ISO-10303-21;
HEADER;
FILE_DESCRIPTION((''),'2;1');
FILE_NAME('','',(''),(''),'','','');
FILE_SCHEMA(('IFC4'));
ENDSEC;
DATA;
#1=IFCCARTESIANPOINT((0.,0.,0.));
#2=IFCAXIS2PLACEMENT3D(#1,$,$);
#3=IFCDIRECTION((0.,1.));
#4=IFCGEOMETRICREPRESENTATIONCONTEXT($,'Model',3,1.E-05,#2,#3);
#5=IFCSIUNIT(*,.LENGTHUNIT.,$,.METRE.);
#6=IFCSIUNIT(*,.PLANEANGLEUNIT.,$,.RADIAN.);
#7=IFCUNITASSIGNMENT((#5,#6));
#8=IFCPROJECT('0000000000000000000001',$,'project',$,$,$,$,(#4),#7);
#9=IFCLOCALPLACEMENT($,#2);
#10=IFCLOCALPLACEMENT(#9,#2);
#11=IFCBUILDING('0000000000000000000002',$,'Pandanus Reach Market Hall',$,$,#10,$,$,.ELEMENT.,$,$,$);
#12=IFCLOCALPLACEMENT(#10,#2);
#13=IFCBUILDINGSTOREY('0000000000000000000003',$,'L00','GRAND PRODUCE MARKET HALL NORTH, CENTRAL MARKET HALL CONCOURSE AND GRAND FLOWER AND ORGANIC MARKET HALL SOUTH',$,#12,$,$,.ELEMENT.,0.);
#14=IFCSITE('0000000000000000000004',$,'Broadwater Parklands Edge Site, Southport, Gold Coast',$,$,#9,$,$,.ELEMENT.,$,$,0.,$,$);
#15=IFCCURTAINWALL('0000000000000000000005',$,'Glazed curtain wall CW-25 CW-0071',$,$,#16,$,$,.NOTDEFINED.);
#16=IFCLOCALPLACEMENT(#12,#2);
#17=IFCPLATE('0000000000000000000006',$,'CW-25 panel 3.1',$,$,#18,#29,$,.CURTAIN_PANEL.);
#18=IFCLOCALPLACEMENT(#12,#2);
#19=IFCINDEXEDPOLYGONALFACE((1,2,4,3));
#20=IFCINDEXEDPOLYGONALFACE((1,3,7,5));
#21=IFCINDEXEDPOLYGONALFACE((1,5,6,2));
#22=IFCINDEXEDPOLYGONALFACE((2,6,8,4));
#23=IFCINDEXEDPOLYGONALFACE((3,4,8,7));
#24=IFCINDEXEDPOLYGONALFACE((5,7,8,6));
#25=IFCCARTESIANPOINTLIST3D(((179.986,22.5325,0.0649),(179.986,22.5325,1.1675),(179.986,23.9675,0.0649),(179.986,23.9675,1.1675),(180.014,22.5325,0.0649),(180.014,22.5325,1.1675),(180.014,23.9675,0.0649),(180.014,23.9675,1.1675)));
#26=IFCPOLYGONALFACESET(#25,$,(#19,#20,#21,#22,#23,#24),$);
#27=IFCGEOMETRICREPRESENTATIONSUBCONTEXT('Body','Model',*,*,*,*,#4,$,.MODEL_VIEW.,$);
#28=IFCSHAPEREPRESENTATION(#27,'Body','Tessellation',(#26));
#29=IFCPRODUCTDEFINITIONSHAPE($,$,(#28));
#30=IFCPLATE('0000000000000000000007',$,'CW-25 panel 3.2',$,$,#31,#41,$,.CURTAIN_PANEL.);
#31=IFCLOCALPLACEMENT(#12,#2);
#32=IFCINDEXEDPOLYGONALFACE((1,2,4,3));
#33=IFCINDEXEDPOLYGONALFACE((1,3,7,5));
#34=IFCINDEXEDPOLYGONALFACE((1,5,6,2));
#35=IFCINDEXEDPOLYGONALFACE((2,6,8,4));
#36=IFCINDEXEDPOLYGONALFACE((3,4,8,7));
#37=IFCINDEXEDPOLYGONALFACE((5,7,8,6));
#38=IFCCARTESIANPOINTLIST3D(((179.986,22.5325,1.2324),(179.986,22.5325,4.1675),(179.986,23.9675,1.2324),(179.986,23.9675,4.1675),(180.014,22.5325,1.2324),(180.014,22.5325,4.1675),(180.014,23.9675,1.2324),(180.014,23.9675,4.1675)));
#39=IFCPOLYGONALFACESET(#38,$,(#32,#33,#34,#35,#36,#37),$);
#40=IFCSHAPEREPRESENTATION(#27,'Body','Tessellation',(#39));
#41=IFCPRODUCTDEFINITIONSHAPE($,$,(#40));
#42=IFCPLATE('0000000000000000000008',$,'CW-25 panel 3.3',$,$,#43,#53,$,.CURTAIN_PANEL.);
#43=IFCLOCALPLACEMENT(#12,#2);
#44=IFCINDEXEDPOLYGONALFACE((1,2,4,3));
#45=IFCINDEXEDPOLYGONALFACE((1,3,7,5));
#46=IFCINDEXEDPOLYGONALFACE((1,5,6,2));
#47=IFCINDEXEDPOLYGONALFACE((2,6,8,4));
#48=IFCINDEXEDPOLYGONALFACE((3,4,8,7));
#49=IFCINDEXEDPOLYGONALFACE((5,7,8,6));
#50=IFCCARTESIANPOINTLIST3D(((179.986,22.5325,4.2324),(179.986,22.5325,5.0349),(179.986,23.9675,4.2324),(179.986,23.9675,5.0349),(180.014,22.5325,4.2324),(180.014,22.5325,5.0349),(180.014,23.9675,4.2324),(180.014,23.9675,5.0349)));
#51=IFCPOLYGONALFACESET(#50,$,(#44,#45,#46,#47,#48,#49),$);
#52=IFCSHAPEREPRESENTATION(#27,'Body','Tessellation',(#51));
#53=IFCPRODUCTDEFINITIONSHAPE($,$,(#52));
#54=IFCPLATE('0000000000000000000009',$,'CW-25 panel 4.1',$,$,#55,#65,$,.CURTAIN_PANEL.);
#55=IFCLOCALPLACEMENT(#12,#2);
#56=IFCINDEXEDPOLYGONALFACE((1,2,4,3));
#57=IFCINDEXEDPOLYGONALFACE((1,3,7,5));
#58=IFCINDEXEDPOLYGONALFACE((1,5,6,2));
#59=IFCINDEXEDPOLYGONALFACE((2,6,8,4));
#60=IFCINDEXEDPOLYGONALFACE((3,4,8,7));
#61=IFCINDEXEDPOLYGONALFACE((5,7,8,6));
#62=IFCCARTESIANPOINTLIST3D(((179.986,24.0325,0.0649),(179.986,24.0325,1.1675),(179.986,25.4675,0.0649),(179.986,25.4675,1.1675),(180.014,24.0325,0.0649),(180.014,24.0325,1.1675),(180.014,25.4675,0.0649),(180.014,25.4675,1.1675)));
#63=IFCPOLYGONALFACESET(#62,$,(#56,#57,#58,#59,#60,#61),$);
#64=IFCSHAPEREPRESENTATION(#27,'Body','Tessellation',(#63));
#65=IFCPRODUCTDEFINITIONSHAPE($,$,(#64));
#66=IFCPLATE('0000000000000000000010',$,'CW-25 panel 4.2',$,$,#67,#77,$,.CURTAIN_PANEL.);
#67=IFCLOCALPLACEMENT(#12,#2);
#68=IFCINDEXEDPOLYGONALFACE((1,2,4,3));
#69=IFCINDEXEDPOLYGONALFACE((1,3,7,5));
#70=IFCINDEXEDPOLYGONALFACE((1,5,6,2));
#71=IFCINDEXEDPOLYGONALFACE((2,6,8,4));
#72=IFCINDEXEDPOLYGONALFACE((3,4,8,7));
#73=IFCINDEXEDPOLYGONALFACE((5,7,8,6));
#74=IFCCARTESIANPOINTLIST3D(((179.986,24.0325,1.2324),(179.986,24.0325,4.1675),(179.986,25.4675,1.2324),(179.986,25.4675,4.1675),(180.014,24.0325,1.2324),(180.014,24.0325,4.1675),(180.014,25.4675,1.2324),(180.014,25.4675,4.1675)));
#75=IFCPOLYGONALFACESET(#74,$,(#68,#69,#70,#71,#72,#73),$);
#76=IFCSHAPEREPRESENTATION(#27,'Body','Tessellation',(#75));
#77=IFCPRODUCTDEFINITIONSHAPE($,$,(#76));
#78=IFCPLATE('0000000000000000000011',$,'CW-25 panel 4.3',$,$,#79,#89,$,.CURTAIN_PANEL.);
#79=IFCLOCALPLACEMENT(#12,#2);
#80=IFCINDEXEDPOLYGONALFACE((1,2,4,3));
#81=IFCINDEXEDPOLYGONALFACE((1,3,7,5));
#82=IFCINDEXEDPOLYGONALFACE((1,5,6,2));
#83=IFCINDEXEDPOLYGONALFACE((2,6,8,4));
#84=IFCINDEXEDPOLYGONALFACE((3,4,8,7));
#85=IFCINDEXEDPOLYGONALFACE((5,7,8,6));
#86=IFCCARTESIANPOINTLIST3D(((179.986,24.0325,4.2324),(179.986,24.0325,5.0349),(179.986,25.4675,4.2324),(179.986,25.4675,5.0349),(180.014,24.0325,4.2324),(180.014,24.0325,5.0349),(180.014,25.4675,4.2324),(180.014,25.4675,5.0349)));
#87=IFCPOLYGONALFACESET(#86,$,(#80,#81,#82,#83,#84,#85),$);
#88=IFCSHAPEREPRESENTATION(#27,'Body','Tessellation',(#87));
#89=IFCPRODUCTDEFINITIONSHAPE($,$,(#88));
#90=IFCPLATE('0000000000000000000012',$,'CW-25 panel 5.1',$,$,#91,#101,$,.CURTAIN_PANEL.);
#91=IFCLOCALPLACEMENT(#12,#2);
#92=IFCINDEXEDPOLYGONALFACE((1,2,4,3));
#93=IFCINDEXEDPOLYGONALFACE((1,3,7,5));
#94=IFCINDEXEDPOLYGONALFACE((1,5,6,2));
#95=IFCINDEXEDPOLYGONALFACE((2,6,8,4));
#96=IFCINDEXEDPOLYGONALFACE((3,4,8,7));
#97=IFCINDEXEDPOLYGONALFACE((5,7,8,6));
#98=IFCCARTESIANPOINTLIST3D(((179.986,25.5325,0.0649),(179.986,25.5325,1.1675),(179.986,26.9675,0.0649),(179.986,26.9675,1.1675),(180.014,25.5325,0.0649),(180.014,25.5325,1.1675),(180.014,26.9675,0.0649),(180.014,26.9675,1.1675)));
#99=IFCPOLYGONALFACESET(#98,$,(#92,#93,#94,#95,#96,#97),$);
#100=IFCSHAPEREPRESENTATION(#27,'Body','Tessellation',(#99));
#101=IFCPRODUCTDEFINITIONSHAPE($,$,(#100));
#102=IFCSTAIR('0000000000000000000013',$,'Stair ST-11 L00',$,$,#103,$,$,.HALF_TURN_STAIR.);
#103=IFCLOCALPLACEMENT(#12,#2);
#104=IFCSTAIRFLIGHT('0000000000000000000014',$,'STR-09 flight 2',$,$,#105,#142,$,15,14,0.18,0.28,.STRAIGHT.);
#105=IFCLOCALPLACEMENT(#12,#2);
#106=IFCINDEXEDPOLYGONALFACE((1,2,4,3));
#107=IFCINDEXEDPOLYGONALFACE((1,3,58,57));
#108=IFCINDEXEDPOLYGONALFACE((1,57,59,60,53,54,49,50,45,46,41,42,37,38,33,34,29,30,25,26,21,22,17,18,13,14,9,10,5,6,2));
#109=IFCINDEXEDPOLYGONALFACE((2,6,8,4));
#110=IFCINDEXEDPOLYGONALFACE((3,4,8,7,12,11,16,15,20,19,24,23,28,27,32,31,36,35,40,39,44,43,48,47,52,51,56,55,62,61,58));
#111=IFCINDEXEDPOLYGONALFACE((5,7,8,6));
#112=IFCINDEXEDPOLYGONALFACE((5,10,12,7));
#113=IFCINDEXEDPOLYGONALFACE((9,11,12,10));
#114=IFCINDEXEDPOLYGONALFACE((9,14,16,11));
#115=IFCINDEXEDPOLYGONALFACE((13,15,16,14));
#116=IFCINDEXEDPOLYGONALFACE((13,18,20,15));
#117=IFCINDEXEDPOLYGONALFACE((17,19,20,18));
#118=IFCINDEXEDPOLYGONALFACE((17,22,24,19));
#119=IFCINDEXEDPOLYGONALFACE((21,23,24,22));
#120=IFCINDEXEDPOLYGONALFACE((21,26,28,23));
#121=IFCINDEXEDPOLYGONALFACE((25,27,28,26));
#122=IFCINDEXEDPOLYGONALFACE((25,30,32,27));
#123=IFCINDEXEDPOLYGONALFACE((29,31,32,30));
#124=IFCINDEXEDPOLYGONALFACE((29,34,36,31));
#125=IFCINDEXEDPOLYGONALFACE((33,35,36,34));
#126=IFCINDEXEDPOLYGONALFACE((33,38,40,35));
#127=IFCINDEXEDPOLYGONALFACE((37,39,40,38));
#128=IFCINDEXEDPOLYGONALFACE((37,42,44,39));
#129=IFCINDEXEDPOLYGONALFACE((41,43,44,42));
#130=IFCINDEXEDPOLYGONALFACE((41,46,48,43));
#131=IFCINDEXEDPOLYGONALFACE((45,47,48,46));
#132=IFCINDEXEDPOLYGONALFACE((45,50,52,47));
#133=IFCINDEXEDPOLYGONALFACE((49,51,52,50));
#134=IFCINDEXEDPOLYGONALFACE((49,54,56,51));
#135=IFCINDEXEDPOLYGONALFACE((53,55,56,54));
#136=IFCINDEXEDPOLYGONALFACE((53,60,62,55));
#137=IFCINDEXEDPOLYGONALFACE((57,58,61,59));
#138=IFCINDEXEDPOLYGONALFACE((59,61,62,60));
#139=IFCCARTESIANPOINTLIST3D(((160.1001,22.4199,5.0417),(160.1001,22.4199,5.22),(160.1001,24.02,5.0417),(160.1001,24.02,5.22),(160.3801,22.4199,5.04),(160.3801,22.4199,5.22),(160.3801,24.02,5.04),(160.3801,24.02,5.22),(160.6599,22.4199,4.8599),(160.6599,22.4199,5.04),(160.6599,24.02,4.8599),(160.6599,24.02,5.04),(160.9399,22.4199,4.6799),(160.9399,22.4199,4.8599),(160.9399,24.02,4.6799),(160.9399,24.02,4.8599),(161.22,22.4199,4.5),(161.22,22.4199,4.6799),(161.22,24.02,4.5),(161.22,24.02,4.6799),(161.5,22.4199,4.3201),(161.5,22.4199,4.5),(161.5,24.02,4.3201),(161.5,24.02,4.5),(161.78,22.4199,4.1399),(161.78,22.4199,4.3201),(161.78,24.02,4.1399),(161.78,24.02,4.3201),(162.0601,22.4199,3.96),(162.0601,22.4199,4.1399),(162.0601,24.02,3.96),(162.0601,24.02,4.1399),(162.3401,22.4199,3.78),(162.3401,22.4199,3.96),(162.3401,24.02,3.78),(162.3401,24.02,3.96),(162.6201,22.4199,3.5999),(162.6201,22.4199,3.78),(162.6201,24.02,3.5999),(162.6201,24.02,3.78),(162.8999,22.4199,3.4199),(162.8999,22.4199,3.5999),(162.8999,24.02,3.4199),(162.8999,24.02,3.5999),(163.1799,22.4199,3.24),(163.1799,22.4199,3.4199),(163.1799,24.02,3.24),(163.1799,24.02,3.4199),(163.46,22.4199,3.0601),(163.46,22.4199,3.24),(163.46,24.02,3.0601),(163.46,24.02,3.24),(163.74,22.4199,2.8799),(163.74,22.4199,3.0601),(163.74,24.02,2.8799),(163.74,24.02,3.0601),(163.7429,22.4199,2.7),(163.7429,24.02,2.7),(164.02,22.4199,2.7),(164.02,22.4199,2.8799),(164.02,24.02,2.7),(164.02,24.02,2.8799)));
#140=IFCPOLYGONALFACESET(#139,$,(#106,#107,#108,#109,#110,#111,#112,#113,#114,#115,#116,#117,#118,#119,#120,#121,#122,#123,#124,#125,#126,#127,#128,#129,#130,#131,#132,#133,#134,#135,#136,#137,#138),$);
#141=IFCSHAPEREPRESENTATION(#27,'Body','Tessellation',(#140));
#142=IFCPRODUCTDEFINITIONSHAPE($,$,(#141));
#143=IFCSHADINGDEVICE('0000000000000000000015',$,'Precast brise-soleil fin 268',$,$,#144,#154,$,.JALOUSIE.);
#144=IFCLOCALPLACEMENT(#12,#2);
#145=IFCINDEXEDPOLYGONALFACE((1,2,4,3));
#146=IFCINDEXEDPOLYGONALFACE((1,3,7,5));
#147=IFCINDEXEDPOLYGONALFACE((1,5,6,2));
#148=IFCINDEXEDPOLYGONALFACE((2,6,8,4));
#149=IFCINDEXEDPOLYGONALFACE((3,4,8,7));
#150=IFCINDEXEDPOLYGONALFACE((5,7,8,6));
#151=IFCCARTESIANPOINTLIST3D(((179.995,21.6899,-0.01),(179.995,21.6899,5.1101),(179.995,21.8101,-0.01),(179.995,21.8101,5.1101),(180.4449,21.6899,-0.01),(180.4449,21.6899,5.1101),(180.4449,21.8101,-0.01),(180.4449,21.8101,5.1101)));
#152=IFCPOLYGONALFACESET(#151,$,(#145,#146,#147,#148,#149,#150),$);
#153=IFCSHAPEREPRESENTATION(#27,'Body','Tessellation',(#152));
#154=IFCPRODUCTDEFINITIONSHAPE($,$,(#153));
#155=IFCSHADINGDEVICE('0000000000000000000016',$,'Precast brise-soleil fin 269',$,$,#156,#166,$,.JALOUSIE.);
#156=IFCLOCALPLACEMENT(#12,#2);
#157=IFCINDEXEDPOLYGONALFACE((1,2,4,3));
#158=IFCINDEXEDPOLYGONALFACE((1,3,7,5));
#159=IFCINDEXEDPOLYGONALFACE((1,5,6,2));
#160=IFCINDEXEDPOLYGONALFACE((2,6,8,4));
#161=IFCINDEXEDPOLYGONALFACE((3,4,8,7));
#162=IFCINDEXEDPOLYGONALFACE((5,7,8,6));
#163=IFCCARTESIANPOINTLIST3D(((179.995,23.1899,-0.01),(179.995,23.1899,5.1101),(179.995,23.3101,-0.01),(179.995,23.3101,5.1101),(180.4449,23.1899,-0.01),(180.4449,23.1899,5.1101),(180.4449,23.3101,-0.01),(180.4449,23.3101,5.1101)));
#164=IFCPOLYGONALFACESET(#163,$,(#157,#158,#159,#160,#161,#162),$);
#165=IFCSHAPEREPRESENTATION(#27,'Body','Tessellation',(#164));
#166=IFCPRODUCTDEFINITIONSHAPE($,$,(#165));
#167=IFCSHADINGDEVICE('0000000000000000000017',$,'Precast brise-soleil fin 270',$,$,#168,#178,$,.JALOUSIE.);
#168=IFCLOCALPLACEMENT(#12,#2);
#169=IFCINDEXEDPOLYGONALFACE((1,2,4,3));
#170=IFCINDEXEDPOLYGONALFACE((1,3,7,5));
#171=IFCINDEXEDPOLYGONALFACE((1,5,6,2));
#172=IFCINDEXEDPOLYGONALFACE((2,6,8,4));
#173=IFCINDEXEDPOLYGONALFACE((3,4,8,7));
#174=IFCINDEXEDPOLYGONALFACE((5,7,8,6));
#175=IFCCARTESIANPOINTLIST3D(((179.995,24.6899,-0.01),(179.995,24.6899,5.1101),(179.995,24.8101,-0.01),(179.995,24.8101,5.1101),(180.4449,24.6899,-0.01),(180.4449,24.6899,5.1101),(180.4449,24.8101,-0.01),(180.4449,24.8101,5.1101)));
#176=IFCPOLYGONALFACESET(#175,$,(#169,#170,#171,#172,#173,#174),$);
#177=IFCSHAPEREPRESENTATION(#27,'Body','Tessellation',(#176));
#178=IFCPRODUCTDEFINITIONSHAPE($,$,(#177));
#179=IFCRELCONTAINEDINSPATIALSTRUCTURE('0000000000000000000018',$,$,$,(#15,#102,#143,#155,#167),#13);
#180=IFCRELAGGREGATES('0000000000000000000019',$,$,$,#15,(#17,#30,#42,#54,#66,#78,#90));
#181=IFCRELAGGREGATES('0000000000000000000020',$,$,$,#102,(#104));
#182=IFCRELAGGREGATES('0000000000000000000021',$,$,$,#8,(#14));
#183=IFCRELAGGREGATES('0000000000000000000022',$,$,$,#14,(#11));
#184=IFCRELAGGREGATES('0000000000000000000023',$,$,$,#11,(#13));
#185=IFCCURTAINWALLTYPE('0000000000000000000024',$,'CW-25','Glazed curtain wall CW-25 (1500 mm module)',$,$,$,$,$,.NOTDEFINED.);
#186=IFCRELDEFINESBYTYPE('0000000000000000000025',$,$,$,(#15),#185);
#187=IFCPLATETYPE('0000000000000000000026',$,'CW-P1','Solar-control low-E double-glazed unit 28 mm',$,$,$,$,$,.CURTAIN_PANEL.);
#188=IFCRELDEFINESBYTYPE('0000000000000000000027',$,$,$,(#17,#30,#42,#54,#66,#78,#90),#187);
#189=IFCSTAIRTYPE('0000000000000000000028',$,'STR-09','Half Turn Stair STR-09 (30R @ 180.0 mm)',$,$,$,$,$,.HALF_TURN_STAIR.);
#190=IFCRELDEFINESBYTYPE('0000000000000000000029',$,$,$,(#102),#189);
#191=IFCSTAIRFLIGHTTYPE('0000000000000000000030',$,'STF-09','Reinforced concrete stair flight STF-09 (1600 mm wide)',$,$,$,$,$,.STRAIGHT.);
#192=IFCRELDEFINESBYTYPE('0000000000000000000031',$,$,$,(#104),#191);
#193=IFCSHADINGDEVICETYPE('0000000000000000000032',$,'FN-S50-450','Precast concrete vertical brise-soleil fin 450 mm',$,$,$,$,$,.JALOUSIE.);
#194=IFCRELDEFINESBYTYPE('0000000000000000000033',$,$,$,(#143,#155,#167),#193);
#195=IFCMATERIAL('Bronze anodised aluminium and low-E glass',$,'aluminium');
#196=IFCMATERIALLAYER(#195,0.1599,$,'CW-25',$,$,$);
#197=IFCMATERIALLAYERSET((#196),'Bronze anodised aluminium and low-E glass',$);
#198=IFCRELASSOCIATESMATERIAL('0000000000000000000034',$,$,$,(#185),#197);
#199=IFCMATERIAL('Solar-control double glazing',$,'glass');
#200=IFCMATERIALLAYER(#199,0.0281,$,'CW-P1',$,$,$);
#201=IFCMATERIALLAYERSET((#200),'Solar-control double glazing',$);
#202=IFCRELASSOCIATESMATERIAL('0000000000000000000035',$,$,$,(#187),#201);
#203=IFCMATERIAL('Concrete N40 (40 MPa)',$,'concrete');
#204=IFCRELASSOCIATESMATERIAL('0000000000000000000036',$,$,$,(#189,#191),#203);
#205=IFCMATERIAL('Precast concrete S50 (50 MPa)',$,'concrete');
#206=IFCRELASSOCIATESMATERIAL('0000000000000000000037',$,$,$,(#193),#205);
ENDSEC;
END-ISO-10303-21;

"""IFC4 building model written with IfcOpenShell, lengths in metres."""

from ifc_helpers import new_model, si_unit, direction, frame, origin, origin_2d, place, context, subcontext, project, spatial, polyline, rectangle, outline, extrude, material, layer, layer_set, type_object, element, aggregate, save


model = new_model("IFC4")

# Units and contexts
model_context = context("Model", 3, precision=1e-05, world=origin(), true_north=direction((0.0, 1.0)))
body_context = subcontext(model_context, "Body", "Model", "MODEL_VIEW")
ifc_project = project(units=[si_unit("LENGTHUNIT", "METRE"), si_unit("PLANEANGLEUNIT", "RADIAN")], contexts=[model_context])

# Site, building, storey
site_placement = place(None, origin())
site = spatial("IfcSite", under=ifc_project, at=site_placement, Name="Broadwater Parklands Edge Site, Southport, Gold Coast", CompositionType="ELEMENT", RefElevation=0.0)
building_placement = place(site_placement, origin())
building = spatial("IfcBuilding", under=site, at=building_placement, Name="Pandanus Reach Market Hall", CompositionType="ELEMENT")
storey_placement = place(building_placement, origin())
storey = spatial("IfcBuildingStorey", under=building, at=storey_placement, Name="L00", Description="GRAND PRODUCE MARKET HALL NORTH, CENTRAL MARKET HALL CONCOURSE AND GRAND FLOWER AND ORGANIC MARKET HALL SOUTH", CompositionType="ELEMENT", Elevation=0.0)

# Curtain wall
ifc_material_1 = material(Name="Bronze anodised aluminium and low-E glass", Category="aluminium")
ifc_layer_1 = layer(ifc_material_1, 0.1599, Name="CW-25")
ifc_layer_set_1 = layer_set([ifc_layer_1], Name="Bronze anodised aluminium and low-E glass")
curtain_wall_type = type_object("IfcCurtainWallType", Name="CW-25", Description="Glazed curtain wall CW-25 (1500 mm module)", PredefinedType="NOTDEFINED", material=ifc_layer_set_1)
curtain_wall_placement = place(storey_placement, origin())
curtain_wall = element("IfcCurtainWall", 1, at=curtain_wall_placement, inside=storey, type_object=curtain_wall_type, Name="Glazed curtain wall CW-25 CW-0071", PredefinedType="NOTDEFINED")

# Plates
ifc_material_2 = material(Name="Solar-control double glazing", Category="glass")
ifc_layer_2 = layer(ifc_material_2, 0.0281, Name="CW-P1")
ifc_layer_set_2 = layer_set([ifc_layer_2], Name="Solar-control double glazing")
plate_type = type_object("IfcPlateType", Name="CW-P1", Description="Solar-control low-E double-glazed unit 28 mm", PredefinedType="CURTAIN_PANEL", material=ifc_layer_set_2)
plate_1_placement = place(storey_placement, frame((180.0, 23.25, 0.0649), z_axis=(0.0, 0.0, 1.0), x_axis=(0.0, 1.0, 0.0)))
plate_1 = element("IfcPlate", 2, at=plate_1_placement, type_object=plate_type, Name="CW-25 panel 3.1", PredefinedType="CURTAIN_PANEL", context=body_context, shape_type="SweptSolid", body=[
    extrude(rectangle(XDim=1.4351, YDim=0.0281, at=origin_2d()), origin(), (0.0, 0.0, 1.0), 1.1025),
])
plate_2_placement = place(storey_placement, frame((180.0, 23.25, 1.2324), z_axis=(0.0, 0.0, 1.0), x_axis=(0.0, 1.0, 0.0)))
plate_2 = element("IfcPlate", 3, at=plate_2_placement, type_object=plate_type, Name="CW-25 panel 3.2", PredefinedType="CURTAIN_PANEL", context=body_context, shape_type="SweptSolid", body=[
    extrude(rectangle(XDim=1.4351, YDim=0.0281, at=origin_2d()), origin(), (0.0, 0.0, 1.0), 2.9351),
])
plate_3_placement = place(storey_placement, frame((180.0, 23.25, 4.2324), z_axis=(0.0, 0.0, 1.0), x_axis=(0.0, 1.0, 0.0)))
plate_3 = element("IfcPlate", 4, at=plate_3_placement, type_object=plate_type, Name="CW-25 panel 3.3", PredefinedType="CURTAIN_PANEL", context=body_context, shape_type="SweptSolid", body=[
    extrude(rectangle(XDim=1.4351, YDim=0.0281, at=origin_2d()), origin(), (0.0, 0.0, 1.0), 0.8025),
])
plate_4_placement = place(storey_placement, frame((180.0, 24.75, 0.0649), z_axis=(0.0, 0.0, 1.0), x_axis=(0.0, 1.0, 0.0)))
plate_4 = element("IfcPlate", 5, at=plate_4_placement, type_object=plate_type, Name="CW-25 panel 4.1", PredefinedType="CURTAIN_PANEL", context=body_context, shape_type="SweptSolid", body=[
    extrude(rectangle(XDim=1.4351, YDim=0.0281, at=origin_2d()), origin(), (0.0, 0.0, 1.0), 1.1025),
])
plate_5_placement = place(storey_placement, frame((180.0, 24.75, 1.2324), z_axis=(0.0, 0.0, 1.0), x_axis=(0.0, 1.0, 0.0)))
plate_5 = element("IfcPlate", 6, at=plate_5_placement, type_object=plate_type, Name="CW-25 panel 4.2", PredefinedType="CURTAIN_PANEL", context=body_context, shape_type="SweptSolid", body=[
    extrude(rectangle(XDim=1.4351, YDim=0.0281, at=origin_2d()), origin(), (0.0, 0.0, 1.0), 2.9351),
])
plate_6_placement = place(storey_placement, frame((180.0, 24.75, 4.2324), z_axis=(0.0, 0.0, 1.0), x_axis=(0.0, 1.0, 0.0)))
plate_6 = element("IfcPlate", 7, at=plate_6_placement, type_object=plate_type, Name="CW-25 panel 4.3", PredefinedType="CURTAIN_PANEL", context=body_context, shape_type="SweptSolid", body=[
    extrude(rectangle(XDim=1.4351, YDim=0.0281, at=origin_2d()), origin(), (0.0, 0.0, 1.0), 0.8025),
])
plate_7_placement = place(storey_placement, frame((180.0, 26.25, 0.0649), z_axis=(0.0, 0.0, 1.0), x_axis=(0.0, 1.0, 0.0)))
plate_7 = element("IfcPlate", 8, at=plate_7_placement, type_object=plate_type, Name="CW-25 panel 5.1", PredefinedType="CURTAIN_PANEL", context=body_context, shape_type="SweptSolid", body=[
    extrude(rectangle(XDim=1.4351, YDim=0.0281, at=origin_2d()), origin(), (0.0, 0.0, 1.0), 1.1025),
])
aggregate(curtain_wall, [plate_1, plate_2, plate_3, plate_4, plate_5, plate_6, plate_7])

# Stair, stair flight
ifc_material_3 = material(Name="Concrete N40 (40 MPa)", Category="concrete")
stair_type = type_object("IfcStairType", Name="STR-09", Description="Half Turn Stair STR-09 (30R @ 180.0 mm)", PredefinedType="HALF_TURN_STAIR", material=ifc_material_3)
stair_placement = place(storey_placement, origin())
stair = element("IfcStair", 9, at=stair_placement, inside=storey, type_object=stair_type, Name="Stair ST-11 L00", PredefinedType="HALF_TURN_STAIR")
stair_flight_type = type_object("IfcStairFlightType", Name="STF-09", Description="Reinforced concrete stair flight STF-09 (1600 mm wide)", PredefinedType="STRAIGHT", material=ifc_material_3)
stair_flight_placement = place(storey_placement, frame((164.02, 23.22, 2.7), z_axis=(0.0, 0.0, 1.0), x_axis=(-1.0, 0.0, 0.0)))
stair_flight = element("IfcStairFlight", 10, at=stair_flight_placement, type_object=stair_flight_type, Name="STR-09 flight 2", NumberOfRisers=15, NumberOfTreads=14, PredefinedType="STRAIGHT", RiserHeight=0.18, TreadLength=0.28, context=body_context, shape_type="SweptSolid", body=[
    extrude(outline(polyline([(0.0, 0.0), (0.0, 0.1799), (0.28, 0.1799), (0.28, 0.3601), (0.5601, 0.3601), (0.5601, 0.54), (0.8401, 0.54), (0.8401, 0.72), (1.1201, 0.72), (1.1201, 0.8999), (1.3999, 0.8999), (1.3999, 1.0801), (1.6799, 1.0801), (1.6799, 1.26), (1.96, 1.26), (1.96, 1.4399), (2.24, 1.4399), (2.24, 1.6201), (2.52, 1.6201), (2.52, 1.8), (2.8, 1.8), (2.8, 1.98), (3.0801, 1.98), (3.0801, 2.1599), (3.3601, 2.1599), (3.3601, 2.3401), (3.6399, 2.3401), (3.6399, 2.52), (3.9199, 2.52), (3.9199, 2.7), (3.9199, 2.3418), (0.2771, 0.0), (0.0, 0.0)])), frame((0.0, 0.8, 0.0), z_axis=(0.0, -1.0, 0.0), x_axis=(1.0, 0.0, 0.0)), (0.0, 0.0, 1.0), 1.6001),
])
aggregate(stair, [stair_flight])

# Shading devices
ifc_material_4 = material(Name="Precast concrete S50 (50 MPa)", Category="concrete")
shading_device_type = type_object("IfcShadingDeviceType", Name="FN-S50-450", Description="Precast concrete vertical brise-soleil fin 450 mm", PredefinedType="JALOUSIE", material=ifc_material_4)
for number, where, z_axis, x_axis, name in (
    (11, (180.22, 21.75, -0.01), (0.0, 0.0, 1.0), (1.0, 0.0, 0.0), "Precast brise-soleil fin 268"),
    (12, (180.22, 23.25, -0.01), (0.0, 0.0, 1.0), (1.0, 0.0, 0.0), "Precast brise-soleil fin 269"),
    (13, (180.22, 24.75, -0.01), (0.0, 0.0, 1.0), (1.0, 0.0, 0.0), "Precast brise-soleil fin 270"),
):
    element("IfcShadingDevice", number, at=place(storey_placement, frame(where, z_axis=z_axis, x_axis=x_axis)), inside=storey, type_object=shading_device_type, Name=name, PredefinedType="JALOUSIE", context=body_context, shape_type="SweptSolid", body=[
        extrude(rectangle(XDim=0.45, YDim=0.1201, at=origin_2d()), origin(), (0.0, 0.0, 1.0), 5.1201),
    ])

save(model, "model.ifc")
